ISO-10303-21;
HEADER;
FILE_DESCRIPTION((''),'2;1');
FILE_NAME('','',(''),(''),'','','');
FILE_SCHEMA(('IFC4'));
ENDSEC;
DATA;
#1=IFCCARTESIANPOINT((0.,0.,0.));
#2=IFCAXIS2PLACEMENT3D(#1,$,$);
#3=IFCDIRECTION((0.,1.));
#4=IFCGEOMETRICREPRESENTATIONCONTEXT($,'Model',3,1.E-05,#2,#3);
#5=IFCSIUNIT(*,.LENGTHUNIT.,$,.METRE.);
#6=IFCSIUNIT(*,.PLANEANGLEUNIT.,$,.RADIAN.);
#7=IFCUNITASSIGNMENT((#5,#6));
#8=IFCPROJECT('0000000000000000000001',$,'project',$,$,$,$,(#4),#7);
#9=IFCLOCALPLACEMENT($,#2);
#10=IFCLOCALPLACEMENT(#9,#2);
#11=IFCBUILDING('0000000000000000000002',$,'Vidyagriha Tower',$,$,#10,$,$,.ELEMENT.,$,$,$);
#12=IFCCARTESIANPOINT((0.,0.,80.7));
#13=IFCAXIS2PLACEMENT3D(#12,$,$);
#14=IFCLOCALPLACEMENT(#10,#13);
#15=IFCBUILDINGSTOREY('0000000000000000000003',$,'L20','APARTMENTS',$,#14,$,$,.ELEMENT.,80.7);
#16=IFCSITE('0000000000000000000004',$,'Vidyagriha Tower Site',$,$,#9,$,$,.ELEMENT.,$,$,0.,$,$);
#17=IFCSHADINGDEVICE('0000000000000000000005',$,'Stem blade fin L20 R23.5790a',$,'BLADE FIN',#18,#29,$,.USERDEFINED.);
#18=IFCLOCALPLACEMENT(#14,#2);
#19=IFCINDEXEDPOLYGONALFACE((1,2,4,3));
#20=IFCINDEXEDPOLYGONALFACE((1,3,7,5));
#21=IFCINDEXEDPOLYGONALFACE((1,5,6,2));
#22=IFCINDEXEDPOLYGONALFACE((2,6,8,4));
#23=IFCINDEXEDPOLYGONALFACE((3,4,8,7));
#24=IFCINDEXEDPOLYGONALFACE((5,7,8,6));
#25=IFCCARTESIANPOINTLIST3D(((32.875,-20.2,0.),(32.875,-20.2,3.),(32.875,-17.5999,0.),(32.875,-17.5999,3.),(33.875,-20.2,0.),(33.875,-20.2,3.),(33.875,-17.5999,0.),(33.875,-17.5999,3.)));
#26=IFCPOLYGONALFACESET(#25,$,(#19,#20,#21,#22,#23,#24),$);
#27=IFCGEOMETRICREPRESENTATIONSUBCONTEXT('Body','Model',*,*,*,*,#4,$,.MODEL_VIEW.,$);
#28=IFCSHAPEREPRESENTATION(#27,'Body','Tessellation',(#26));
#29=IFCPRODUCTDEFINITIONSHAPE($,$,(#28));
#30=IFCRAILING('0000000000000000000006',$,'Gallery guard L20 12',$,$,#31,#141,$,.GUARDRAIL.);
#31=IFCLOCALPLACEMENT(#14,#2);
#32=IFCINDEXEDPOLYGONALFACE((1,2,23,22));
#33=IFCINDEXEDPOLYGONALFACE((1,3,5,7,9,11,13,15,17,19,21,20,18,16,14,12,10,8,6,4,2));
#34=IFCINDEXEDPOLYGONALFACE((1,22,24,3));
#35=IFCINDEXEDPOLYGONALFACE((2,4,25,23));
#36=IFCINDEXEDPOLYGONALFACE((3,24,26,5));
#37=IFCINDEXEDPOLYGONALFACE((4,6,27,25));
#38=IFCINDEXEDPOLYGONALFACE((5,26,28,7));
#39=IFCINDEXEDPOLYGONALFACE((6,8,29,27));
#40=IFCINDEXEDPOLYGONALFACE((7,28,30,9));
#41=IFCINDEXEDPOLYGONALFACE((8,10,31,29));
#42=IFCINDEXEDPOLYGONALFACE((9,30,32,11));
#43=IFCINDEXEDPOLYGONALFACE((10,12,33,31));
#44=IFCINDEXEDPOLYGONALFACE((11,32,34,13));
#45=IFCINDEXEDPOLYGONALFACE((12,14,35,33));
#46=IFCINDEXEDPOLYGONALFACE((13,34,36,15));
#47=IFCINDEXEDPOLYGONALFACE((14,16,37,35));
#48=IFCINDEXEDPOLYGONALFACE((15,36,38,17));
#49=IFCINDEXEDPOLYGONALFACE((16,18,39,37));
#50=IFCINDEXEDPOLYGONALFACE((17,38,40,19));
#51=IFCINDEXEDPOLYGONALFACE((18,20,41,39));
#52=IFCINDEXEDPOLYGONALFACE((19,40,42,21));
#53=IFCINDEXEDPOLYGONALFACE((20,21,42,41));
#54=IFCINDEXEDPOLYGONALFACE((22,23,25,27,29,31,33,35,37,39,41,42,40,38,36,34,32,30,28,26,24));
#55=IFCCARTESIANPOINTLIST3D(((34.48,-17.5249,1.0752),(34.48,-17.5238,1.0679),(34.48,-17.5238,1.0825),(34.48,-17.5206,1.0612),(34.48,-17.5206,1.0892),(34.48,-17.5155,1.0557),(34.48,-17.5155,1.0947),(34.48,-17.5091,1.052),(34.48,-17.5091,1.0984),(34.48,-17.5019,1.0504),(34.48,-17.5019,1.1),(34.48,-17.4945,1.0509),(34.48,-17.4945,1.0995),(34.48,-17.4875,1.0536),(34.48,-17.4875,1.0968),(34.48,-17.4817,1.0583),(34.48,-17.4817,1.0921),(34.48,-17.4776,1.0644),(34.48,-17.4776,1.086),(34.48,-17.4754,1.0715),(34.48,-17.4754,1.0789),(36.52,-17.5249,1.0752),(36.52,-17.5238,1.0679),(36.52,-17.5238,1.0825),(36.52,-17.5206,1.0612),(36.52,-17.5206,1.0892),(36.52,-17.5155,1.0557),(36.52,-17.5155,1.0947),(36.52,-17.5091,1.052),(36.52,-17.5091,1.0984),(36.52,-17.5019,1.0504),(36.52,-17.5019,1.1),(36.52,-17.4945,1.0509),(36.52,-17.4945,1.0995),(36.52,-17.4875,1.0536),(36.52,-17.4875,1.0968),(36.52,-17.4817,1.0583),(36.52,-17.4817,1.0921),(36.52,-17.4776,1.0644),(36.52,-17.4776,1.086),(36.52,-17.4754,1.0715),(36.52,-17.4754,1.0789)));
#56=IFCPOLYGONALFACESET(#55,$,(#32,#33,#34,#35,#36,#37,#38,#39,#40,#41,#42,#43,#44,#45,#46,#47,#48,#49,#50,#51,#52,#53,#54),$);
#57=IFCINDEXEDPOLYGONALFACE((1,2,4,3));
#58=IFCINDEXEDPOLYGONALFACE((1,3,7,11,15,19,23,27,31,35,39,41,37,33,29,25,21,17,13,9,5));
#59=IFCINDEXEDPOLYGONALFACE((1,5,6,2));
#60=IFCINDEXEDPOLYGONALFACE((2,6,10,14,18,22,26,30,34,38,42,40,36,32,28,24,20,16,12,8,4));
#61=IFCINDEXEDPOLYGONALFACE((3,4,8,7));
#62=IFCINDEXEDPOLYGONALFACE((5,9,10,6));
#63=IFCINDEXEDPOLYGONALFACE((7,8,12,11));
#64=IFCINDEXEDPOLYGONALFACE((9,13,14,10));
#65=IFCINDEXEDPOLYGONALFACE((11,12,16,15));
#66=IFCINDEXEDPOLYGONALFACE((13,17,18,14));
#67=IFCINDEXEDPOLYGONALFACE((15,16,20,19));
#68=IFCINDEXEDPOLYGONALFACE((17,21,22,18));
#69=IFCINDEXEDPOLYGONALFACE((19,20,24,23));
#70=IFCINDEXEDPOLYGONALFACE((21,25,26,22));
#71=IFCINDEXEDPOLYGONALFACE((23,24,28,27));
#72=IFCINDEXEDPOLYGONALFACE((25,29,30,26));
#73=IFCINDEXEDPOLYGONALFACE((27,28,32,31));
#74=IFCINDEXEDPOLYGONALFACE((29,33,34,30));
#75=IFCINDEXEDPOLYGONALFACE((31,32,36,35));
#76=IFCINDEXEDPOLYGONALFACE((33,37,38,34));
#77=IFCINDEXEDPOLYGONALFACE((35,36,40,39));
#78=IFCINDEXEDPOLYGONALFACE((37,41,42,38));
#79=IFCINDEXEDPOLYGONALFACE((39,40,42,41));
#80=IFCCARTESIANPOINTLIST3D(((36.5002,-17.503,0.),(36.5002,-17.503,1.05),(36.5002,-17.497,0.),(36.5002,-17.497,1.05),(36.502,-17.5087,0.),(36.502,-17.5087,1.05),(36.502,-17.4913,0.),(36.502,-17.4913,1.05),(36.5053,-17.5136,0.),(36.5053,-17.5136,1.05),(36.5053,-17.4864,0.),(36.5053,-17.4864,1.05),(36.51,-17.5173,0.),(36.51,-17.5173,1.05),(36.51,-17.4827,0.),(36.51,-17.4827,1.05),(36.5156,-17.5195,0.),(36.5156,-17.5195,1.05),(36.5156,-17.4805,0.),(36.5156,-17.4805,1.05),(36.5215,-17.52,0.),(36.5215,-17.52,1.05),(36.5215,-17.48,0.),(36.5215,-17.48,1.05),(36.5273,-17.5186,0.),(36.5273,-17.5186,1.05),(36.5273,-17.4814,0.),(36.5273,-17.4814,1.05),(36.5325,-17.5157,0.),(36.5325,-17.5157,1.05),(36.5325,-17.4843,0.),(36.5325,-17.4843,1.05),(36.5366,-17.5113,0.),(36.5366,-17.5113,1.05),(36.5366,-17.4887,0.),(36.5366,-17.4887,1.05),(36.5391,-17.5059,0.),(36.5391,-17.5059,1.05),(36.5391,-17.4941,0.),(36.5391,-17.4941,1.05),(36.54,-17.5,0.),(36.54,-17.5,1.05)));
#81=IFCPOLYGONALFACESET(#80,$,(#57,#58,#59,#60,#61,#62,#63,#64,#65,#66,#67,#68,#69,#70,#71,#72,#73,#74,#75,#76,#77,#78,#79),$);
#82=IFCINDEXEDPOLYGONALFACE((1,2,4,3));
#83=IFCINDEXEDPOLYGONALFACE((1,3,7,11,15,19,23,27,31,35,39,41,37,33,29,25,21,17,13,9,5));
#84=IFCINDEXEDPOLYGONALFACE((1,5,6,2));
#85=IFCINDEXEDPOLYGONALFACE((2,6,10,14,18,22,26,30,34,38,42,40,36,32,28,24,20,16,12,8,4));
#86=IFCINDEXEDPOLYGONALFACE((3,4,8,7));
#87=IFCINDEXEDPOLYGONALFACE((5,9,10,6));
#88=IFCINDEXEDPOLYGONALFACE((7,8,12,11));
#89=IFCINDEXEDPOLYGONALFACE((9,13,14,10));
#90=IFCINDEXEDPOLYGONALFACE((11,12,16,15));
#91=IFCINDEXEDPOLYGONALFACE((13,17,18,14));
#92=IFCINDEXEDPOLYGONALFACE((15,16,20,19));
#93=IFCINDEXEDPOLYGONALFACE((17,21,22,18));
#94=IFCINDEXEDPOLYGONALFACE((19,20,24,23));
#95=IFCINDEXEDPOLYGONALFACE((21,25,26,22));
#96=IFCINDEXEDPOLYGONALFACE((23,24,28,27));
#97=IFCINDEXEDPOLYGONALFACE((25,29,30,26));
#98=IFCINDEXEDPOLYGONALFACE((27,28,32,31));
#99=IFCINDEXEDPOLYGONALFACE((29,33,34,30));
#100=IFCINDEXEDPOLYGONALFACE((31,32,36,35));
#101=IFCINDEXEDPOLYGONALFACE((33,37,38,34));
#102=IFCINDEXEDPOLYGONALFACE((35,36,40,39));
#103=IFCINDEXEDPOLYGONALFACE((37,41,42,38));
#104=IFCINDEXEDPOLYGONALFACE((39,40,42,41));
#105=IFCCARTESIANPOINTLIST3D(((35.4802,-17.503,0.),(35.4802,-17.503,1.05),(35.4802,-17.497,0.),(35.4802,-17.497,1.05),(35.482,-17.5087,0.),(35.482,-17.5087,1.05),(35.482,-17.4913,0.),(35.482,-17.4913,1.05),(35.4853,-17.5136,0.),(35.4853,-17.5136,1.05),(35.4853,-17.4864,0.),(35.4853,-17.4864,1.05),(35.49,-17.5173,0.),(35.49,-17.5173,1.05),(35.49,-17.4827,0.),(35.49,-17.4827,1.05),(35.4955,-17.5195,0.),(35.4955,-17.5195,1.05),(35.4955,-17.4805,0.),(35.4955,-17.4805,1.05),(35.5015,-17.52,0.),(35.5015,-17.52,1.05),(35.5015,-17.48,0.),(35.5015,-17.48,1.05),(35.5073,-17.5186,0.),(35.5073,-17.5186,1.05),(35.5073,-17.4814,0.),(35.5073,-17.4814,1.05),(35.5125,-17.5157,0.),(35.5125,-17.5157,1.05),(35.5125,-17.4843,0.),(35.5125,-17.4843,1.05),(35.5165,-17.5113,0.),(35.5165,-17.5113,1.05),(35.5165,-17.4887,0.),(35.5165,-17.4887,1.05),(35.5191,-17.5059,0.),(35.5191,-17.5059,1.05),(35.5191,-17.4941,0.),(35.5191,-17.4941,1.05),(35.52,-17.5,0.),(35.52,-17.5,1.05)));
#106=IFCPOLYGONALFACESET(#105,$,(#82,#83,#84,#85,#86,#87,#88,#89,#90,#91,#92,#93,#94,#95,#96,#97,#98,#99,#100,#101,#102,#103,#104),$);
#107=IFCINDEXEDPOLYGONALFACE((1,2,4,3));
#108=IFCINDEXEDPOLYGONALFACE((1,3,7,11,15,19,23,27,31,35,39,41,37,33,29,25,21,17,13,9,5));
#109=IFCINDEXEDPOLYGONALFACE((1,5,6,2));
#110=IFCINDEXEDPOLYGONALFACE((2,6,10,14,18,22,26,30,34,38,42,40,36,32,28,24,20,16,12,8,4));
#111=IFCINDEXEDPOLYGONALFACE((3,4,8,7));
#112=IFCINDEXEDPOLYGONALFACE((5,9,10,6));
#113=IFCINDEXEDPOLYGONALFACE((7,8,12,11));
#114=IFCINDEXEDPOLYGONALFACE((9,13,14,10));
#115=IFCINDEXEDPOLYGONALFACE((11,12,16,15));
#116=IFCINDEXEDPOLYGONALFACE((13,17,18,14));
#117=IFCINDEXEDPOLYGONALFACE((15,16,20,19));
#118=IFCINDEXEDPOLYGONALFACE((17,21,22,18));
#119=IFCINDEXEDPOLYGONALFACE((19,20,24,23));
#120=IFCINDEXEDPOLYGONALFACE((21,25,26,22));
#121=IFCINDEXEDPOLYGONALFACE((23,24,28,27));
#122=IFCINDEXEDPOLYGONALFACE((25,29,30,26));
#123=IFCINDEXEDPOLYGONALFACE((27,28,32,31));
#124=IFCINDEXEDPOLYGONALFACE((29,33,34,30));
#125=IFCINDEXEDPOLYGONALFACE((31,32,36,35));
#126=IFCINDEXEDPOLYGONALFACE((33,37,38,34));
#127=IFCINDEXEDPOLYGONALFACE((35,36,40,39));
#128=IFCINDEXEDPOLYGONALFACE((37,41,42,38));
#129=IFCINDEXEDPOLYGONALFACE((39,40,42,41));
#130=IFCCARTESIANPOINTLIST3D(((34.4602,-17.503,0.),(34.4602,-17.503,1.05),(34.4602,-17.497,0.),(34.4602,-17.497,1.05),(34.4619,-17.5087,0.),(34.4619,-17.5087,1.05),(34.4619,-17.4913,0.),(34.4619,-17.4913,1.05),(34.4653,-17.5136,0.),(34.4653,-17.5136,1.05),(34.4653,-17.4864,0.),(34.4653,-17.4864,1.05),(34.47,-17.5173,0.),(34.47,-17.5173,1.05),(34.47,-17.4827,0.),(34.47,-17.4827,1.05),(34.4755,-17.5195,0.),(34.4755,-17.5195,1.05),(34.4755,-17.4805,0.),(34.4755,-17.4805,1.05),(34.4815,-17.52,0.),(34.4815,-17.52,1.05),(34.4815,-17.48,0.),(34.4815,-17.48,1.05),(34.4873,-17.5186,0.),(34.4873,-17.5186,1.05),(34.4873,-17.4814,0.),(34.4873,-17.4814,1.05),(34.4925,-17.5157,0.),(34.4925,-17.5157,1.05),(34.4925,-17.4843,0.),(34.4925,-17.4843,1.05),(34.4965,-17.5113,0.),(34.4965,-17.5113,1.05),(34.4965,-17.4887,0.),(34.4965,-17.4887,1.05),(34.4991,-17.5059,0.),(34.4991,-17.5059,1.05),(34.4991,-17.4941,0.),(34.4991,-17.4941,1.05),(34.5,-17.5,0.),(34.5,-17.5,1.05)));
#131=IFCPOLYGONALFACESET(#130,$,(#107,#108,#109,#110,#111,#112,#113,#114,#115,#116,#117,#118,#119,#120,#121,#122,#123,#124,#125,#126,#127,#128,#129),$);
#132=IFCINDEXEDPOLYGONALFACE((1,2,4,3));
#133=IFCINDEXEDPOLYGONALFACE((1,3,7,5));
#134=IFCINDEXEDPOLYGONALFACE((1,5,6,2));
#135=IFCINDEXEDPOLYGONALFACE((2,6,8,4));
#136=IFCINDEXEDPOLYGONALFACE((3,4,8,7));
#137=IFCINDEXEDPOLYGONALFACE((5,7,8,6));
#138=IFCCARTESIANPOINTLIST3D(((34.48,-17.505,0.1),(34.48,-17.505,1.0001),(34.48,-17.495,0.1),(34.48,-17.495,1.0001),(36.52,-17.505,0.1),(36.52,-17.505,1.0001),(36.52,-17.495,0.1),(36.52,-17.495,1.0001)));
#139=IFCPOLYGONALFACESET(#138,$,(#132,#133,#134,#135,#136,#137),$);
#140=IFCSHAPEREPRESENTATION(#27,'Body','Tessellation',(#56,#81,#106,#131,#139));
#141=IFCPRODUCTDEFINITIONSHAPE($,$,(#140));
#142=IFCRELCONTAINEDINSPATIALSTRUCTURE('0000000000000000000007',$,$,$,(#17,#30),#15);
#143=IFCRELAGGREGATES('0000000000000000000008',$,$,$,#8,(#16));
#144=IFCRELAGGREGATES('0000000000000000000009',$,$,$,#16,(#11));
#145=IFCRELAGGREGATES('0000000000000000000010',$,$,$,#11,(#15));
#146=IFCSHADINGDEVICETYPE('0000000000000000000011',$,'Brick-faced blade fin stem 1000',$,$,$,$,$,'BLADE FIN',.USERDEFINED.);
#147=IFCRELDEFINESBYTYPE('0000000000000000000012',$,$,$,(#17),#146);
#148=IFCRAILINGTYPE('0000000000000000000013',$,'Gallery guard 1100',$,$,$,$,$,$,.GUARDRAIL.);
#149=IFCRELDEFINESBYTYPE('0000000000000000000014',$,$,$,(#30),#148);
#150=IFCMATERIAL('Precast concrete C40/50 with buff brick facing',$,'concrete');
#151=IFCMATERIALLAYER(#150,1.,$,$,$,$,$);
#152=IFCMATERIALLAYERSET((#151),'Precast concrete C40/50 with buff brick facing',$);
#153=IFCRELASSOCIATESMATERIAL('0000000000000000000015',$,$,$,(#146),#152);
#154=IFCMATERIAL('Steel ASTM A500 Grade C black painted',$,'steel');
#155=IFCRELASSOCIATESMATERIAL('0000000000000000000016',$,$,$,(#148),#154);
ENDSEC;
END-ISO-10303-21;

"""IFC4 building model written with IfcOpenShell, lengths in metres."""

from ifc_helpers import new_model, si_unit, direction, frame, origin, origin_2d, place, context, subcontext, project, spatial, polyline, rectangle, circle, outline, extrude, material, layer, layer_set, type_object, element, save


model = new_model("IFC4")

# Units and contexts
model_context = context("Model", 3, precision=1e-05, world=origin(), true_north=direction((0.0, 1.0)))
body_context = subcontext(model_context, "Body", "Model", "MODEL_VIEW")
ifc_project = project(units=[si_unit("LENGTHUNIT", "METRE"), si_unit("PLANEANGLEUNIT", "RADIAN")], contexts=[model_context])

# Site, building, storey
site_placement = place(None, origin())
site = spatial("IfcSite", under=ifc_project, at=site_placement, Name="Vidyagriha Tower Site", CompositionType="ELEMENT", RefElevation=0.0)
building_placement = place(site_placement, origin())
building = spatial("IfcBuilding", under=site, at=building_placement, Name="Vidyagriha Tower", CompositionType="ELEMENT")
storey_placement = place(building_placement, frame((0.0, 0.0, 80.7)))
storey = spatial("IfcBuildingStorey", under=building, at=storey_placement, Name="L20", Description="APARTMENTS", CompositionType="ELEMENT", Elevation=80.7)

# Shading device
ifc_material_1 = material(Name="Precast concrete C40/50 with buff brick facing", Category="concrete")
ifc_layer_1 = layer(ifc_material_1, 1.0)
ifc_layer_set_1 = layer_set([ifc_layer_1], Name="Precast concrete C40/50 with buff brick facing")
shading_device_type = type_object("IfcShadingDeviceType", Name="Brick-faced blade fin stem 1000", ElementType="BLADE FIN", PredefinedType="USERDEFINED", material=ifc_layer_set_1)
shading_device_placement = place(storey_placement, frame((32.875, -18.8999, 0.0)))
element("IfcShadingDevice", 1, at=shading_device_placement, inside=storey, type_object=shading_device_type, Name="Stem blade fin L20 R23.5790a", ObjectType="BLADE FIN", PredefinedType="USERDEFINED", context=body_context, shape_type="SweptSolid", body=[
    extrude(outline(polyline([(0.0, 0.0), (1.0, 0.0), (1.0, 3.0), (0.0, 3.0), (0.0, 0.0)])), frame((0.0, 1.3, 0.0), z_axis=(0.0, -1.0, 0.0), x_axis=(1.0, 0.0, 0.0)), (0.0, 0.0, 1.0), 2.6001),
])

# Railing
ifc_material_2 = material(Name="Steel ASTM A500 Grade C black painted", Category="steel")
railing_type_1 = type_object("IfcRailingType", Name="Gallery guard 1100", PredefinedType="GUARDRAIL", material=ifc_material_2)
railing_1_placement = place(storey_placement, frame((36.52, -17.5, 0.0)))
element("IfcRailing", 2, at=railing_1_placement, inside=storey, type_object=railing_type_1, Name="Gallery guard L20 12", PredefinedType="GUARDRAIL", context=body_context, shape_type="SweptSolid", body=[
    extrude(circle(Radius=0.0249, at=origin_2d()), frame((0.0, 0.0, 1.0752), z_axis=(-1.0, 0.0, 0.0), x_axis=(0.0, -1.0, 0.0)), (0.0, 0.0, 1.0), 2.04),
    extrude(circle(Radius=0.02, at=origin_2d()), origin(), (0.0, 0.0, 1.0), 1.05),
    extrude(circle(Radius=0.02, at=origin_2d()), frame((-1.02, 0.0, 0.0)), (0.0, 0.0, 1.0), 1.05),
    extrude(circle(Radius=0.02, at=origin_2d()), frame((-2.04, 0.0, 0.0)), (0.0, 0.0, 1.0), 1.05),
    extrude(rectangle(XDim=0.01, YDim=0.9001, at=origin_2d()), frame((0.0, 0.0, 0.55), z_axis=(-1.0, 0.0, 0.0), x_axis=(0.0, -1.0, 0.0)), (0.0, 0.0, 1.0), 2.04),
])

save(model, "model.ifc")
